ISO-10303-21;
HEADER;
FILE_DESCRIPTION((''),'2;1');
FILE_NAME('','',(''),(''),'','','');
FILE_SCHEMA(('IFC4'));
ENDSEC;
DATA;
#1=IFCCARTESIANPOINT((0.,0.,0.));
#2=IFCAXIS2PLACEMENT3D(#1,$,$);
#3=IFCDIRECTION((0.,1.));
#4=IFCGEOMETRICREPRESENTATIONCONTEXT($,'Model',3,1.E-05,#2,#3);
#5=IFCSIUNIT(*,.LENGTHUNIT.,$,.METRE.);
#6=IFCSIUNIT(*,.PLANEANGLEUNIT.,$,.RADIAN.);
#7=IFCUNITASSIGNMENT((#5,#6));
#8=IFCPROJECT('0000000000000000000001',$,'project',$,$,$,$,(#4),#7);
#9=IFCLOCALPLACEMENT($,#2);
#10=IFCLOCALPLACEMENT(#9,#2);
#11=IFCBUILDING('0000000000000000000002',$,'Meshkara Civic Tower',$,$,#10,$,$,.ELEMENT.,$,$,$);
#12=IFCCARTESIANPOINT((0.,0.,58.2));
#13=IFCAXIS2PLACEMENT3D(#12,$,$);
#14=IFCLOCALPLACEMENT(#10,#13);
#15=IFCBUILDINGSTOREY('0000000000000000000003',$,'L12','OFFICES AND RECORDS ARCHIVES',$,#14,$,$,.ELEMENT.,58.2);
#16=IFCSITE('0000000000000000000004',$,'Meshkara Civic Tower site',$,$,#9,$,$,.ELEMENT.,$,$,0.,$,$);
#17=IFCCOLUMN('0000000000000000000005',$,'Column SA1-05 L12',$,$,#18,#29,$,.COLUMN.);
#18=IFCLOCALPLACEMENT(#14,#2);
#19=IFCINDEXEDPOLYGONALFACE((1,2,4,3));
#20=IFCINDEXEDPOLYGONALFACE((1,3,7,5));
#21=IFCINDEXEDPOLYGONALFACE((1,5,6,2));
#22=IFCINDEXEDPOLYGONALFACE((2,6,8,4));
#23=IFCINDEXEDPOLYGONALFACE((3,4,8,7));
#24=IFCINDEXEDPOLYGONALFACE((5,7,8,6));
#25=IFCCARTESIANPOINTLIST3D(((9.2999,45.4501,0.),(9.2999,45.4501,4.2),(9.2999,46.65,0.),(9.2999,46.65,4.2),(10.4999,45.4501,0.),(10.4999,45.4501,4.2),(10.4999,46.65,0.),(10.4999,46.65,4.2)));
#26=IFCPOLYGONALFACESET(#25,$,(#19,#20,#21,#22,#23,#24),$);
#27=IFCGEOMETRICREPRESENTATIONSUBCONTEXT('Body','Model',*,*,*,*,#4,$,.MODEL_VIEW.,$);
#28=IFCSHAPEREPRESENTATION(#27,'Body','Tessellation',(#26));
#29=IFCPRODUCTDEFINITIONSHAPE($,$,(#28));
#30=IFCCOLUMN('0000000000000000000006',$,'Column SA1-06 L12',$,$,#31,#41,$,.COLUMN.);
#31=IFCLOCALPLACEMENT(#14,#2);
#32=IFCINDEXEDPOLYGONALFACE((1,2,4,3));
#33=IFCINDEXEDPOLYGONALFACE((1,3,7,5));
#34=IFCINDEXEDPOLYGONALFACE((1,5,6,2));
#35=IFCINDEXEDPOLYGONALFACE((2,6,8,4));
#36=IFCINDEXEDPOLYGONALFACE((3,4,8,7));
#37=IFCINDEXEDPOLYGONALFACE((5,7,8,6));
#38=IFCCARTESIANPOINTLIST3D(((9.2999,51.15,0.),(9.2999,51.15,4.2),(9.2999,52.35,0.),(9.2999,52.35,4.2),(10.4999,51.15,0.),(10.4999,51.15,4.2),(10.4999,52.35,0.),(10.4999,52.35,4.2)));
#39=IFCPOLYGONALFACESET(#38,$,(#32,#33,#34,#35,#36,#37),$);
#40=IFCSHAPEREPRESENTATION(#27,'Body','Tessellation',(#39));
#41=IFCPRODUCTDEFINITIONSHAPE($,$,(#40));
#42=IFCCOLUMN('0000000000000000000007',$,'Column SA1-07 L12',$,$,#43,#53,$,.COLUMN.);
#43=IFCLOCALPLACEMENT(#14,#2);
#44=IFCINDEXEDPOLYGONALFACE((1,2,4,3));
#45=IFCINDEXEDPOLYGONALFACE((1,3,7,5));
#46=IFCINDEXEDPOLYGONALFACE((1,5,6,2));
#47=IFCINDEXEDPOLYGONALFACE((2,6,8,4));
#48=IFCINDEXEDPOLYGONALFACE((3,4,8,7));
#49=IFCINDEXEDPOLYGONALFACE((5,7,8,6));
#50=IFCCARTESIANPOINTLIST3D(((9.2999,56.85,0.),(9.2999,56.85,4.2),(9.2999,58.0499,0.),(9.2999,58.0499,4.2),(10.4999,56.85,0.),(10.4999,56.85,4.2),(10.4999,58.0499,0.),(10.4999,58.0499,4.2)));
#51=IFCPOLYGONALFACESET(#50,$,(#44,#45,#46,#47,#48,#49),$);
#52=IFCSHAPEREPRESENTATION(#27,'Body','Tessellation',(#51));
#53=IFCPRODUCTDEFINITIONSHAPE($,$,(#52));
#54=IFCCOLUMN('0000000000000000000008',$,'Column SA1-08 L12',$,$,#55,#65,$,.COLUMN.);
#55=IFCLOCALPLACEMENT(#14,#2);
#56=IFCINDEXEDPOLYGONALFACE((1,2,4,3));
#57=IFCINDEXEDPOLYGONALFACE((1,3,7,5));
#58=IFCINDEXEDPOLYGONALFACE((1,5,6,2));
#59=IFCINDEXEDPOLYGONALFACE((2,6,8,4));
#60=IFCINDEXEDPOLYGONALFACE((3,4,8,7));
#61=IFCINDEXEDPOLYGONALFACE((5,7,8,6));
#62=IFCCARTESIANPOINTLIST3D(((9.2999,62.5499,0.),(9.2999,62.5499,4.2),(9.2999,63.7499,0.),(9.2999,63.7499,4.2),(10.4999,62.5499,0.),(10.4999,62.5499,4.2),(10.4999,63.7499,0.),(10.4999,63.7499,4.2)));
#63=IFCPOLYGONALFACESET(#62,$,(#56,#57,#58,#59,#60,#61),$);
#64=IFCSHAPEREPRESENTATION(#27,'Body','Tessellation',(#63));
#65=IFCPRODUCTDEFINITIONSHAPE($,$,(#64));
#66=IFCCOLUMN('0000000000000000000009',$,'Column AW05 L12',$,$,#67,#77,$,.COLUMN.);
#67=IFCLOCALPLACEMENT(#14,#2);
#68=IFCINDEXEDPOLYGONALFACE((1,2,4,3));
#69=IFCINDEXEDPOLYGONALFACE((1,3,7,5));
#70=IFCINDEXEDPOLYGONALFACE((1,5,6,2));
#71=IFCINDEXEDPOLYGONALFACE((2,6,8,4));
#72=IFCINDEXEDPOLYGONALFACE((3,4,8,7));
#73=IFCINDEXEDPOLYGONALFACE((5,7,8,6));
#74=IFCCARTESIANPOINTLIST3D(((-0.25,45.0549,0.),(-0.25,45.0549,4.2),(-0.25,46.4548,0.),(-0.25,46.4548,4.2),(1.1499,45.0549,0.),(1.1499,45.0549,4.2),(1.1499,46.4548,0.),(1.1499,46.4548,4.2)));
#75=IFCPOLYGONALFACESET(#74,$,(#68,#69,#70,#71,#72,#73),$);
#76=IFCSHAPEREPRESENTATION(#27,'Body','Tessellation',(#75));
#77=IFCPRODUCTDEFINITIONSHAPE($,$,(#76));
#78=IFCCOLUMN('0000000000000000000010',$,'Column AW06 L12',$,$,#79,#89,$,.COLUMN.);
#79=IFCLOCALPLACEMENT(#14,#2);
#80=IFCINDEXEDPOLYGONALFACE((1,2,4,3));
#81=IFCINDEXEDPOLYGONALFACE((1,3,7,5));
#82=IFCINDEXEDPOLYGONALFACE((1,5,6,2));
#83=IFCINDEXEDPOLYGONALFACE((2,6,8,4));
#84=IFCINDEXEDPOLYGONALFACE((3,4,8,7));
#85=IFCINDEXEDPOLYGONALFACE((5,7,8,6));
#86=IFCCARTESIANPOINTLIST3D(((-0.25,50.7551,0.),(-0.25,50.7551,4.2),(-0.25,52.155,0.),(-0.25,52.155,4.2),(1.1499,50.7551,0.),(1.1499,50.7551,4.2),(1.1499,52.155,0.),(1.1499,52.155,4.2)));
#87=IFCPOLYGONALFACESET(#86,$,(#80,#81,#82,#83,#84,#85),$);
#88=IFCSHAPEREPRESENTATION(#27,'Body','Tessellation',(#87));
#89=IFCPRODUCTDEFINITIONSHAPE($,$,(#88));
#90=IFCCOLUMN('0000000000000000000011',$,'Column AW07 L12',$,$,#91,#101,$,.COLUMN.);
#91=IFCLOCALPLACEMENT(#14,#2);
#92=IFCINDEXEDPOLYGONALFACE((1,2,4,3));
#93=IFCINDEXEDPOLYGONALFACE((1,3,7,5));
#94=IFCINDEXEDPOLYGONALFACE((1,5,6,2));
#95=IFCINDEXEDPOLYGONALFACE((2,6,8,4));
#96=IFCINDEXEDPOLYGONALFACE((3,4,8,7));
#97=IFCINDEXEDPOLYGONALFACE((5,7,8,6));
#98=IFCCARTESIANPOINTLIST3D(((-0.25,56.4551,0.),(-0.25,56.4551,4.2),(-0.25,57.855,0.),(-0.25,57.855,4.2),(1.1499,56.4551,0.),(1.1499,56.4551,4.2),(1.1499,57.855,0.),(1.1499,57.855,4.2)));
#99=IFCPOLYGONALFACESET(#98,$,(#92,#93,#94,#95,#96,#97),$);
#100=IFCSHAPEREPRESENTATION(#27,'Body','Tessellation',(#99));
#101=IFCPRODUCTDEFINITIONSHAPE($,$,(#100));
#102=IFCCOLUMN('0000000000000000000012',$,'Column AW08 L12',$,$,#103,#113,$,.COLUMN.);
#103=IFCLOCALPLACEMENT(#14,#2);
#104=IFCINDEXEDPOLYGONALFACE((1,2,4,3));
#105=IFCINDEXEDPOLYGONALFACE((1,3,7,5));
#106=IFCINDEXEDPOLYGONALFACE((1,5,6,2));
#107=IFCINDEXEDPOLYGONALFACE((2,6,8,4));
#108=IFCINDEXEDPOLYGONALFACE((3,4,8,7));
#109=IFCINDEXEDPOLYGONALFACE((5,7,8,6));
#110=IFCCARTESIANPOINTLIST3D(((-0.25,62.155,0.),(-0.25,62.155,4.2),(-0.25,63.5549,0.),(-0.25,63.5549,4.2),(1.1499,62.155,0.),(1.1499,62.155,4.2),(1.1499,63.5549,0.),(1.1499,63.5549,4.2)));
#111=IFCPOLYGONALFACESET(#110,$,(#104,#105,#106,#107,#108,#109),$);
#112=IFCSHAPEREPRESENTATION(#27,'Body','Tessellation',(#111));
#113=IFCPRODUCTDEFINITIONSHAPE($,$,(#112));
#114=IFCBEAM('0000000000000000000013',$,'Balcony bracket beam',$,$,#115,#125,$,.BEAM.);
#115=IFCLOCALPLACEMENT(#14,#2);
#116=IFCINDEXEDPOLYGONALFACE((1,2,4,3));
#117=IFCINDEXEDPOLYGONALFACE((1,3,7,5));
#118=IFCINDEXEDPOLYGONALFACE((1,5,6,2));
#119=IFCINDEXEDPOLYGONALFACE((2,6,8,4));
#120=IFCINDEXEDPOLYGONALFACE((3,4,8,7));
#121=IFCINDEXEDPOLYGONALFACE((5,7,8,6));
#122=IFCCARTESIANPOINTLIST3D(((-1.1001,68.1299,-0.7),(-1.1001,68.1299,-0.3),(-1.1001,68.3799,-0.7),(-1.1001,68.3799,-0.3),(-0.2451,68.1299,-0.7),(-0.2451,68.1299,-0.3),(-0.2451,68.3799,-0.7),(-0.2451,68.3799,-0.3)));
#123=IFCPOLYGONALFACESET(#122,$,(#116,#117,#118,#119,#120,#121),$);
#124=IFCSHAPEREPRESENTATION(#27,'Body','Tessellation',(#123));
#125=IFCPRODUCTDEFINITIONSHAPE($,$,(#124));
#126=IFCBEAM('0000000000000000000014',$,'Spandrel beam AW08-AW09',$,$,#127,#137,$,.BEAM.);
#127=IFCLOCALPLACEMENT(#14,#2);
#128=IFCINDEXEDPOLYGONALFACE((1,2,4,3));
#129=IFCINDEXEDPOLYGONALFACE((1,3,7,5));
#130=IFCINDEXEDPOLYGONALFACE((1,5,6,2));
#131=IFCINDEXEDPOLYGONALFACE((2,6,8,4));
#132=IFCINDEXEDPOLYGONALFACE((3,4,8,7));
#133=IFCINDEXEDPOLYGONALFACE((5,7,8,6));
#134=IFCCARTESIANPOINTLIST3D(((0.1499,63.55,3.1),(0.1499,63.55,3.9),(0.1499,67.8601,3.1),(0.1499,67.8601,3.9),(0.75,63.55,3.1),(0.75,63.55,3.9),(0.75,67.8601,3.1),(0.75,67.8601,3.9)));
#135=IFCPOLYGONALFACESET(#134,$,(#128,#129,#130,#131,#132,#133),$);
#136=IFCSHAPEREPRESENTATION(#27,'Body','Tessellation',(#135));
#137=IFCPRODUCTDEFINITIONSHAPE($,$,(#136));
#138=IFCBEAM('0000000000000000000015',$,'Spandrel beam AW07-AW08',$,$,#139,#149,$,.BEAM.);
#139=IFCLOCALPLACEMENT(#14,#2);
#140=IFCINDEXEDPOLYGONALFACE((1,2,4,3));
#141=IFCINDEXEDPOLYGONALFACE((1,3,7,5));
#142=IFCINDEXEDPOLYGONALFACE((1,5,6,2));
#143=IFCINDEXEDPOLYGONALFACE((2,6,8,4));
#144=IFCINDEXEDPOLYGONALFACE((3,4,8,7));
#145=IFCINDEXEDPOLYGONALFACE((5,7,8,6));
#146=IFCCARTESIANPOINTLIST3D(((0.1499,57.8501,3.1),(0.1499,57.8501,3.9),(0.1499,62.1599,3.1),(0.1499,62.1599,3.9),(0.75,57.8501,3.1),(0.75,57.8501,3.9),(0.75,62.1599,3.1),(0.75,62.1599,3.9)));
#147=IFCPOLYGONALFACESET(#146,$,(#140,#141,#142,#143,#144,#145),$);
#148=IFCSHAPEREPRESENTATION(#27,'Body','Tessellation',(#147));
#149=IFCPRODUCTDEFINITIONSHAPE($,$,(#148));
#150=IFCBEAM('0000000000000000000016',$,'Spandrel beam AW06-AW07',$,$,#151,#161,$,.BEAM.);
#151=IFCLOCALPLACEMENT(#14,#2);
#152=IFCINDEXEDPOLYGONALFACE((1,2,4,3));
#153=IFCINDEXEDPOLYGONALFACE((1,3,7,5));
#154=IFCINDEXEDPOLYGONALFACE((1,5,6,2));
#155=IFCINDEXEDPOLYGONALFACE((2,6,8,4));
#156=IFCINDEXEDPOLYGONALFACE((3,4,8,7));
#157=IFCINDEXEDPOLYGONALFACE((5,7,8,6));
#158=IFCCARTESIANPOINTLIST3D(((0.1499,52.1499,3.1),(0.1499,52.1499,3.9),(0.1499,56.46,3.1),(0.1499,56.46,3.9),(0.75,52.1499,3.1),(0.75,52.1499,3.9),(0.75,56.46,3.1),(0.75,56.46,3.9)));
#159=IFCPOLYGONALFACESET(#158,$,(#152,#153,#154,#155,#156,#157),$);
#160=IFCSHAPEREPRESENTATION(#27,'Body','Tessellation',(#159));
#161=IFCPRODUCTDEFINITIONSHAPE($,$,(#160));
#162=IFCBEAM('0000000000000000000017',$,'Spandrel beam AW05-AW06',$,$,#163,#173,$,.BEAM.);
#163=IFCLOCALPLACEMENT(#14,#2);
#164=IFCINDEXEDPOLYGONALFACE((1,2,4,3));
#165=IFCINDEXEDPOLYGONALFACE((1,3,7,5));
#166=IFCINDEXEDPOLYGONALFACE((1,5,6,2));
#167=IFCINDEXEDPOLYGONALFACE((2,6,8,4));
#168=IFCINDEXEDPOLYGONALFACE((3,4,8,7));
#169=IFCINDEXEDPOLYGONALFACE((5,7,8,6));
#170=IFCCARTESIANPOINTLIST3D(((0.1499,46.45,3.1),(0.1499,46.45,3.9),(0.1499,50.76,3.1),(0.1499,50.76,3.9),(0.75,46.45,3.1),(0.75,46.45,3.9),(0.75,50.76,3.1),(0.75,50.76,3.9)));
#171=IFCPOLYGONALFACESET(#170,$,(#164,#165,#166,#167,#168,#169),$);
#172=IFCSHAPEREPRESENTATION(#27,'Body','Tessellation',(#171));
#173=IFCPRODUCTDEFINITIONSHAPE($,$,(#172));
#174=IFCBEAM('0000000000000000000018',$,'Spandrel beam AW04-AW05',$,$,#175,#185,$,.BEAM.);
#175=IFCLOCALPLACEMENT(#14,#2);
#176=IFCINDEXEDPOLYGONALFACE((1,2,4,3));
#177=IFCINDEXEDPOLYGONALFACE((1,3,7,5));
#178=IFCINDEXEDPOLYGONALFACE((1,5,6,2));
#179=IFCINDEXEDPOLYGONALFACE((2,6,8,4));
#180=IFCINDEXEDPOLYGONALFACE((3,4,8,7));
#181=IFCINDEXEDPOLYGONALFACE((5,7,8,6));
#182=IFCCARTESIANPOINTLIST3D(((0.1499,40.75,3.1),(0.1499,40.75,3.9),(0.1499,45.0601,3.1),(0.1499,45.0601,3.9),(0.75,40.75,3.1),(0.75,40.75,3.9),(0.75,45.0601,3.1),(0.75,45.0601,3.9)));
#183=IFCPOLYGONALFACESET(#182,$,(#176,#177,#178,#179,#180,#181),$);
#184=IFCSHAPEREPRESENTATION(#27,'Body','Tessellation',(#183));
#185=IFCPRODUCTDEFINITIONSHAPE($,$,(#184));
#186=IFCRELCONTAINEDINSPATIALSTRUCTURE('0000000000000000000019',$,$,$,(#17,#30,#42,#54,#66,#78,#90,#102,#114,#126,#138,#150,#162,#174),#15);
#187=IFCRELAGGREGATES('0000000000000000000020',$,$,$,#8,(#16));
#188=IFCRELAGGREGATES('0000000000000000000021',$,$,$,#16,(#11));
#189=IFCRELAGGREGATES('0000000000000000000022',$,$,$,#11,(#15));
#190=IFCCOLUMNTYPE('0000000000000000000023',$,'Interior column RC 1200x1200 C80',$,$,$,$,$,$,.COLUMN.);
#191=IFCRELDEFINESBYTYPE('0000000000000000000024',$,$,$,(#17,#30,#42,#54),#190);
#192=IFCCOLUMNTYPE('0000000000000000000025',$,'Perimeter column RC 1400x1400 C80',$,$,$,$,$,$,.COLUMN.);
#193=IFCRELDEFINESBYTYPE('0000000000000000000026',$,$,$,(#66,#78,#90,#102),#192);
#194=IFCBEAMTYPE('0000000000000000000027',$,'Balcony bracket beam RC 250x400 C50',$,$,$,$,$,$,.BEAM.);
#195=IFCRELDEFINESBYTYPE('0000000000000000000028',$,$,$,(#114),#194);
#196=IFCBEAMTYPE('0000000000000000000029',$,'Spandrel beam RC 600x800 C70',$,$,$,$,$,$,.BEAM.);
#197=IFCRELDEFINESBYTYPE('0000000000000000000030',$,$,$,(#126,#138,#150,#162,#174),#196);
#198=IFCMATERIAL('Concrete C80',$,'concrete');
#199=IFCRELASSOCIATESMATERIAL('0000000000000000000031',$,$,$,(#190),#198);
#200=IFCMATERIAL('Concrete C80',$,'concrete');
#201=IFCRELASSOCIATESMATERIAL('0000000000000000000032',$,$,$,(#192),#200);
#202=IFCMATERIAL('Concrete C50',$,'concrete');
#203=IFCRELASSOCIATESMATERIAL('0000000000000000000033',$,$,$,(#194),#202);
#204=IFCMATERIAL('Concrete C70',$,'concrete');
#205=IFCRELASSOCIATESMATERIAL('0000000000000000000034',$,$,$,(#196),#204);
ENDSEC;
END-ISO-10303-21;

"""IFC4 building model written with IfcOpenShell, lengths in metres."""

from ifc_helpers import new_model, si_unit, direction, frame, origin, origin_2d, place, context, subcontext, project, spatial, rectangle, extrude, material, material_profile, profile_set, type_object, element, save


model = new_model("IFC4")

# Units and contexts
model_context = context("Model", 3, precision=1e-05, world=origin(), true_north=direction((0.0, 1.0)))
body_context = subcontext(model_context, "Body", "Model", "MODEL_VIEW")
ifc_project = project(units=[si_unit("LENGTHUNIT", "METRE"), si_unit("PLANEANGLEUNIT", "RADIAN")], contexts=[model_context])

# Site, building, storey
site_placement = place(None, origin())
site = spatial("IfcSite", under=ifc_project, at=site_placement, Name="Meshkara Civic Tower site", CompositionType="ELEMENT", RefElevation=0.0)
building_placement = place(site_placement, origin())
building = spatial("IfcBuilding", under=site, at=building_placement, Name="Meshkara Civic Tower", CompositionType="ELEMENT")
storey_placement = place(building_placement, frame((0.0, 0.0, 58.2)))
storey = spatial("IfcBuildingStorey", under=building, at=storey_placement, Name="L12", Description="OFFICES AND RECORDS ARCHIVES", CompositionType="ELEMENT", Elevation=58.2)

# Columns
ifc_material_1 = material(Name="Concrete C80", Category="concrete")
ifc_material_profile_1 = material_profile(ifc_material_1, rectangle(XDim=1.2, YDim=1.2, at=origin_2d()))
ifc_profile_set_1 = profile_set([ifc_material_profile_1], Name="Concrete C80")
column_type_1 = type_object("IfcColumnType", Name="Interior column RC 1200x1200 C80", PredefinedType="COLUMN", material=ifc_profile_set_1)
for number, where, z_axis, x_axis, name in (
    (1, (9.8999, 46.05, 0.0), (0.0, 0.0, 1.0), (1.0, 0.0, 0.0), "Column SA1-05 L12"),
    (2, (9.8999, 51.75, 0.0), (0.0, 0.0, 1.0), (1.0, 0.0, 0.0), "Column SA1-06 L12"),
    (3, (9.8999, 57.45, 0.0), (0.0, 0.0, 1.0), (1.0, 0.0, 0.0), "Column SA1-07 L12"),
    (4, (9.8999, 63.1499, 0.0), (0.0, 0.0, 1.0), (1.0, 0.0, 0.0), "Column SA1-08 L12"),
):
    element("IfcColumn", number, at=place(storey_placement, frame(where, z_axis=z_axis, x_axis=x_axis)), inside=storey, type_object=column_type_1, Name=name, PredefinedType="COLUMN", context=body_context, shape_type="SweptSolid", body=[
        extrude(rectangle(XDim=1.2, YDim=1.2, at=origin_2d()), origin(), (0.0, 0.0, 1.0), 4.2),
    ])
ifc_material_2 = material(Name="Concrete C80", Category="concrete")
ifc_material_profile_2 = material_profile(ifc_material_2, rectangle(XDim=1.3999, YDim=1.3999, at=origin_2d()))
ifc_profile_set_2 = profile_set([ifc_material_profile_2], Name="Concrete C80")
column_type_2 = type_object("IfcColumnType", Name="Perimeter column RC 1400x1400 C80", PredefinedType="COLUMN", material=ifc_profile_set_2)
for number, where, z_axis, x_axis, name in (
    (5, (0.45, 45.7549, 0.0), (0.0, 0.0, 1.0), (1.0, 0.0, 0.0), "Column AW05 L12"),
    (6, (0.45, 51.4551, 0.0), (0.0, 0.0, 1.0), (1.0, 0.0, 0.0), "Column AW06 L12"),
    (7, (0.45, 57.155, 0.0), (0.0, 0.0, 1.0), (1.0, 0.0, 0.0), "Column AW07 L12"),
    (8, (0.45, 62.855, 0.0), (0.0, 0.0, 1.0), (1.0, 0.0, 0.0), "Column AW08 L12"),
):
    element("IfcColumn", number, at=place(storey_placement, frame(where, z_axis=z_axis, x_axis=x_axis)), inside=storey, type_object=column_type_2, Name=name, PredefinedType="COLUMN", context=body_context, shape_type="SweptSolid", body=[
        extrude(rectangle(XDim=1.3999, YDim=1.3999, at=origin_2d()), origin(), (0.0, 0.0, 1.0), 4.2),
    ])

# Beams
ifc_material_3 = material(Name="Concrete C50", Category="concrete")
ifc_material_profile_3 = material_profile(ifc_material_3, rectangle(XDim=0.25, YDim=0.3999, at=origin_2d()))
ifc_profile_set_3 = profile_set([ifc_material_profile_3], Name="Concrete C50")
beam_type_1 = type_object("IfcBeamType", Name="Balcony bracket beam RC 250x400 C50", PredefinedType="BEAM", material=ifc_profile_set_3)
beam_1_placement = place(storey_placement, frame((-0.2451, 68.2549, -0.5), z_axis=(-1.0, 0.0, 0.0), x_axis=(0.0, -1.0, 0.0)))
element("IfcBeam", 9, at=beam_1_placement, inside=storey, type_object=beam_type_1, Name="Balcony bracket beam", PredefinedType="BEAM", context=body_context, shape_type="SweptSolid", body=[
    extrude(rectangle(XDim=0.25, YDim=0.3999, at=origin_2d()), origin(), (0.0, 0.0, 1.0), 0.855),
])
ifc_material_4 = material(Name="Concrete C70", Category="concrete")
ifc_material_profile_4 = material_profile(ifc_material_4, rectangle(XDim=0.6001, YDim=0.8, at=origin_2d()))
ifc_profile_set_4 = profile_set([ifc_material_profile_4], Name="Concrete C70")
beam_type_2 = type_object("IfcBeamType", Name="Spandrel beam RC 600x800 C70", PredefinedType="BEAM", material=ifc_profile_set_4)
beam_2_placement = place(storey_placement, frame((0.45, 67.8601, 3.5), z_axis=(0.0, -1.0, 0.0), x_axis=(1.0, 0.0, 0.0)))
element("IfcBeam", 10, at=beam_2_placement, inside=storey, type_object=beam_type_2, Name="Spandrel beam AW08-AW09", PredefinedType="BEAM", context=body_context, shape_type="SweptSolid", body=[
    extrude(rectangle(XDim=0.6001, YDim=0.8, at=origin_2d()), origin(), (0.0, 0.0, 1.0), 4.3101),
])
beam_3_placement = place(storey_placement, frame((0.45, 62.1599, 3.5), z_axis=(0.0, -1.0, 0.0), x_axis=(1.0, 0.0, 0.0)))
element("IfcBeam", 11, at=beam_3_placement, inside=storey, type_object=beam_type_2, Name="Spandrel beam AW07-AW08", PredefinedType="BEAM", context=body_context, shape_type="SweptSolid", body=[
    extrude(rectangle(XDim=0.6001, YDim=0.8, at=origin_2d()), origin(), (0.0, 0.0, 1.0), 4.3098),
])
for number, where, z_axis, x_axis, name in (
    (12, (0.45, 56.46, 3.5), (0.0, -1.0, 0.0), (1.0, 0.0, 0.0), "Spandrel beam AW06-AW07"),
    (13, (0.45, 50.76, 3.5), (0.0, -1.0, 0.0), (1.0, 0.0, 0.0), "Spandrel beam AW05-AW06"),
    (14, (0.45, 45.0601, 3.5), (0.0, -1.0, 0.0), (1.0, 0.0, 0.0), "Spandrel beam AW04-AW05"),
):
    element("IfcBeam", number, at=place(storey_placement, frame(where, z_axis=z_axis, x_axis=x_axis)), inside=storey, type_object=beam_type_2, Name=name, PredefinedType="BEAM", context=body_context, shape_type="SweptSolid", body=[
        extrude(rectangle(XDim=0.6001, YDim=0.8, at=origin_2d()), origin(), (0.0, 0.0, 1.0), 4.3101),
    ])

save(model, "model.ifc")
